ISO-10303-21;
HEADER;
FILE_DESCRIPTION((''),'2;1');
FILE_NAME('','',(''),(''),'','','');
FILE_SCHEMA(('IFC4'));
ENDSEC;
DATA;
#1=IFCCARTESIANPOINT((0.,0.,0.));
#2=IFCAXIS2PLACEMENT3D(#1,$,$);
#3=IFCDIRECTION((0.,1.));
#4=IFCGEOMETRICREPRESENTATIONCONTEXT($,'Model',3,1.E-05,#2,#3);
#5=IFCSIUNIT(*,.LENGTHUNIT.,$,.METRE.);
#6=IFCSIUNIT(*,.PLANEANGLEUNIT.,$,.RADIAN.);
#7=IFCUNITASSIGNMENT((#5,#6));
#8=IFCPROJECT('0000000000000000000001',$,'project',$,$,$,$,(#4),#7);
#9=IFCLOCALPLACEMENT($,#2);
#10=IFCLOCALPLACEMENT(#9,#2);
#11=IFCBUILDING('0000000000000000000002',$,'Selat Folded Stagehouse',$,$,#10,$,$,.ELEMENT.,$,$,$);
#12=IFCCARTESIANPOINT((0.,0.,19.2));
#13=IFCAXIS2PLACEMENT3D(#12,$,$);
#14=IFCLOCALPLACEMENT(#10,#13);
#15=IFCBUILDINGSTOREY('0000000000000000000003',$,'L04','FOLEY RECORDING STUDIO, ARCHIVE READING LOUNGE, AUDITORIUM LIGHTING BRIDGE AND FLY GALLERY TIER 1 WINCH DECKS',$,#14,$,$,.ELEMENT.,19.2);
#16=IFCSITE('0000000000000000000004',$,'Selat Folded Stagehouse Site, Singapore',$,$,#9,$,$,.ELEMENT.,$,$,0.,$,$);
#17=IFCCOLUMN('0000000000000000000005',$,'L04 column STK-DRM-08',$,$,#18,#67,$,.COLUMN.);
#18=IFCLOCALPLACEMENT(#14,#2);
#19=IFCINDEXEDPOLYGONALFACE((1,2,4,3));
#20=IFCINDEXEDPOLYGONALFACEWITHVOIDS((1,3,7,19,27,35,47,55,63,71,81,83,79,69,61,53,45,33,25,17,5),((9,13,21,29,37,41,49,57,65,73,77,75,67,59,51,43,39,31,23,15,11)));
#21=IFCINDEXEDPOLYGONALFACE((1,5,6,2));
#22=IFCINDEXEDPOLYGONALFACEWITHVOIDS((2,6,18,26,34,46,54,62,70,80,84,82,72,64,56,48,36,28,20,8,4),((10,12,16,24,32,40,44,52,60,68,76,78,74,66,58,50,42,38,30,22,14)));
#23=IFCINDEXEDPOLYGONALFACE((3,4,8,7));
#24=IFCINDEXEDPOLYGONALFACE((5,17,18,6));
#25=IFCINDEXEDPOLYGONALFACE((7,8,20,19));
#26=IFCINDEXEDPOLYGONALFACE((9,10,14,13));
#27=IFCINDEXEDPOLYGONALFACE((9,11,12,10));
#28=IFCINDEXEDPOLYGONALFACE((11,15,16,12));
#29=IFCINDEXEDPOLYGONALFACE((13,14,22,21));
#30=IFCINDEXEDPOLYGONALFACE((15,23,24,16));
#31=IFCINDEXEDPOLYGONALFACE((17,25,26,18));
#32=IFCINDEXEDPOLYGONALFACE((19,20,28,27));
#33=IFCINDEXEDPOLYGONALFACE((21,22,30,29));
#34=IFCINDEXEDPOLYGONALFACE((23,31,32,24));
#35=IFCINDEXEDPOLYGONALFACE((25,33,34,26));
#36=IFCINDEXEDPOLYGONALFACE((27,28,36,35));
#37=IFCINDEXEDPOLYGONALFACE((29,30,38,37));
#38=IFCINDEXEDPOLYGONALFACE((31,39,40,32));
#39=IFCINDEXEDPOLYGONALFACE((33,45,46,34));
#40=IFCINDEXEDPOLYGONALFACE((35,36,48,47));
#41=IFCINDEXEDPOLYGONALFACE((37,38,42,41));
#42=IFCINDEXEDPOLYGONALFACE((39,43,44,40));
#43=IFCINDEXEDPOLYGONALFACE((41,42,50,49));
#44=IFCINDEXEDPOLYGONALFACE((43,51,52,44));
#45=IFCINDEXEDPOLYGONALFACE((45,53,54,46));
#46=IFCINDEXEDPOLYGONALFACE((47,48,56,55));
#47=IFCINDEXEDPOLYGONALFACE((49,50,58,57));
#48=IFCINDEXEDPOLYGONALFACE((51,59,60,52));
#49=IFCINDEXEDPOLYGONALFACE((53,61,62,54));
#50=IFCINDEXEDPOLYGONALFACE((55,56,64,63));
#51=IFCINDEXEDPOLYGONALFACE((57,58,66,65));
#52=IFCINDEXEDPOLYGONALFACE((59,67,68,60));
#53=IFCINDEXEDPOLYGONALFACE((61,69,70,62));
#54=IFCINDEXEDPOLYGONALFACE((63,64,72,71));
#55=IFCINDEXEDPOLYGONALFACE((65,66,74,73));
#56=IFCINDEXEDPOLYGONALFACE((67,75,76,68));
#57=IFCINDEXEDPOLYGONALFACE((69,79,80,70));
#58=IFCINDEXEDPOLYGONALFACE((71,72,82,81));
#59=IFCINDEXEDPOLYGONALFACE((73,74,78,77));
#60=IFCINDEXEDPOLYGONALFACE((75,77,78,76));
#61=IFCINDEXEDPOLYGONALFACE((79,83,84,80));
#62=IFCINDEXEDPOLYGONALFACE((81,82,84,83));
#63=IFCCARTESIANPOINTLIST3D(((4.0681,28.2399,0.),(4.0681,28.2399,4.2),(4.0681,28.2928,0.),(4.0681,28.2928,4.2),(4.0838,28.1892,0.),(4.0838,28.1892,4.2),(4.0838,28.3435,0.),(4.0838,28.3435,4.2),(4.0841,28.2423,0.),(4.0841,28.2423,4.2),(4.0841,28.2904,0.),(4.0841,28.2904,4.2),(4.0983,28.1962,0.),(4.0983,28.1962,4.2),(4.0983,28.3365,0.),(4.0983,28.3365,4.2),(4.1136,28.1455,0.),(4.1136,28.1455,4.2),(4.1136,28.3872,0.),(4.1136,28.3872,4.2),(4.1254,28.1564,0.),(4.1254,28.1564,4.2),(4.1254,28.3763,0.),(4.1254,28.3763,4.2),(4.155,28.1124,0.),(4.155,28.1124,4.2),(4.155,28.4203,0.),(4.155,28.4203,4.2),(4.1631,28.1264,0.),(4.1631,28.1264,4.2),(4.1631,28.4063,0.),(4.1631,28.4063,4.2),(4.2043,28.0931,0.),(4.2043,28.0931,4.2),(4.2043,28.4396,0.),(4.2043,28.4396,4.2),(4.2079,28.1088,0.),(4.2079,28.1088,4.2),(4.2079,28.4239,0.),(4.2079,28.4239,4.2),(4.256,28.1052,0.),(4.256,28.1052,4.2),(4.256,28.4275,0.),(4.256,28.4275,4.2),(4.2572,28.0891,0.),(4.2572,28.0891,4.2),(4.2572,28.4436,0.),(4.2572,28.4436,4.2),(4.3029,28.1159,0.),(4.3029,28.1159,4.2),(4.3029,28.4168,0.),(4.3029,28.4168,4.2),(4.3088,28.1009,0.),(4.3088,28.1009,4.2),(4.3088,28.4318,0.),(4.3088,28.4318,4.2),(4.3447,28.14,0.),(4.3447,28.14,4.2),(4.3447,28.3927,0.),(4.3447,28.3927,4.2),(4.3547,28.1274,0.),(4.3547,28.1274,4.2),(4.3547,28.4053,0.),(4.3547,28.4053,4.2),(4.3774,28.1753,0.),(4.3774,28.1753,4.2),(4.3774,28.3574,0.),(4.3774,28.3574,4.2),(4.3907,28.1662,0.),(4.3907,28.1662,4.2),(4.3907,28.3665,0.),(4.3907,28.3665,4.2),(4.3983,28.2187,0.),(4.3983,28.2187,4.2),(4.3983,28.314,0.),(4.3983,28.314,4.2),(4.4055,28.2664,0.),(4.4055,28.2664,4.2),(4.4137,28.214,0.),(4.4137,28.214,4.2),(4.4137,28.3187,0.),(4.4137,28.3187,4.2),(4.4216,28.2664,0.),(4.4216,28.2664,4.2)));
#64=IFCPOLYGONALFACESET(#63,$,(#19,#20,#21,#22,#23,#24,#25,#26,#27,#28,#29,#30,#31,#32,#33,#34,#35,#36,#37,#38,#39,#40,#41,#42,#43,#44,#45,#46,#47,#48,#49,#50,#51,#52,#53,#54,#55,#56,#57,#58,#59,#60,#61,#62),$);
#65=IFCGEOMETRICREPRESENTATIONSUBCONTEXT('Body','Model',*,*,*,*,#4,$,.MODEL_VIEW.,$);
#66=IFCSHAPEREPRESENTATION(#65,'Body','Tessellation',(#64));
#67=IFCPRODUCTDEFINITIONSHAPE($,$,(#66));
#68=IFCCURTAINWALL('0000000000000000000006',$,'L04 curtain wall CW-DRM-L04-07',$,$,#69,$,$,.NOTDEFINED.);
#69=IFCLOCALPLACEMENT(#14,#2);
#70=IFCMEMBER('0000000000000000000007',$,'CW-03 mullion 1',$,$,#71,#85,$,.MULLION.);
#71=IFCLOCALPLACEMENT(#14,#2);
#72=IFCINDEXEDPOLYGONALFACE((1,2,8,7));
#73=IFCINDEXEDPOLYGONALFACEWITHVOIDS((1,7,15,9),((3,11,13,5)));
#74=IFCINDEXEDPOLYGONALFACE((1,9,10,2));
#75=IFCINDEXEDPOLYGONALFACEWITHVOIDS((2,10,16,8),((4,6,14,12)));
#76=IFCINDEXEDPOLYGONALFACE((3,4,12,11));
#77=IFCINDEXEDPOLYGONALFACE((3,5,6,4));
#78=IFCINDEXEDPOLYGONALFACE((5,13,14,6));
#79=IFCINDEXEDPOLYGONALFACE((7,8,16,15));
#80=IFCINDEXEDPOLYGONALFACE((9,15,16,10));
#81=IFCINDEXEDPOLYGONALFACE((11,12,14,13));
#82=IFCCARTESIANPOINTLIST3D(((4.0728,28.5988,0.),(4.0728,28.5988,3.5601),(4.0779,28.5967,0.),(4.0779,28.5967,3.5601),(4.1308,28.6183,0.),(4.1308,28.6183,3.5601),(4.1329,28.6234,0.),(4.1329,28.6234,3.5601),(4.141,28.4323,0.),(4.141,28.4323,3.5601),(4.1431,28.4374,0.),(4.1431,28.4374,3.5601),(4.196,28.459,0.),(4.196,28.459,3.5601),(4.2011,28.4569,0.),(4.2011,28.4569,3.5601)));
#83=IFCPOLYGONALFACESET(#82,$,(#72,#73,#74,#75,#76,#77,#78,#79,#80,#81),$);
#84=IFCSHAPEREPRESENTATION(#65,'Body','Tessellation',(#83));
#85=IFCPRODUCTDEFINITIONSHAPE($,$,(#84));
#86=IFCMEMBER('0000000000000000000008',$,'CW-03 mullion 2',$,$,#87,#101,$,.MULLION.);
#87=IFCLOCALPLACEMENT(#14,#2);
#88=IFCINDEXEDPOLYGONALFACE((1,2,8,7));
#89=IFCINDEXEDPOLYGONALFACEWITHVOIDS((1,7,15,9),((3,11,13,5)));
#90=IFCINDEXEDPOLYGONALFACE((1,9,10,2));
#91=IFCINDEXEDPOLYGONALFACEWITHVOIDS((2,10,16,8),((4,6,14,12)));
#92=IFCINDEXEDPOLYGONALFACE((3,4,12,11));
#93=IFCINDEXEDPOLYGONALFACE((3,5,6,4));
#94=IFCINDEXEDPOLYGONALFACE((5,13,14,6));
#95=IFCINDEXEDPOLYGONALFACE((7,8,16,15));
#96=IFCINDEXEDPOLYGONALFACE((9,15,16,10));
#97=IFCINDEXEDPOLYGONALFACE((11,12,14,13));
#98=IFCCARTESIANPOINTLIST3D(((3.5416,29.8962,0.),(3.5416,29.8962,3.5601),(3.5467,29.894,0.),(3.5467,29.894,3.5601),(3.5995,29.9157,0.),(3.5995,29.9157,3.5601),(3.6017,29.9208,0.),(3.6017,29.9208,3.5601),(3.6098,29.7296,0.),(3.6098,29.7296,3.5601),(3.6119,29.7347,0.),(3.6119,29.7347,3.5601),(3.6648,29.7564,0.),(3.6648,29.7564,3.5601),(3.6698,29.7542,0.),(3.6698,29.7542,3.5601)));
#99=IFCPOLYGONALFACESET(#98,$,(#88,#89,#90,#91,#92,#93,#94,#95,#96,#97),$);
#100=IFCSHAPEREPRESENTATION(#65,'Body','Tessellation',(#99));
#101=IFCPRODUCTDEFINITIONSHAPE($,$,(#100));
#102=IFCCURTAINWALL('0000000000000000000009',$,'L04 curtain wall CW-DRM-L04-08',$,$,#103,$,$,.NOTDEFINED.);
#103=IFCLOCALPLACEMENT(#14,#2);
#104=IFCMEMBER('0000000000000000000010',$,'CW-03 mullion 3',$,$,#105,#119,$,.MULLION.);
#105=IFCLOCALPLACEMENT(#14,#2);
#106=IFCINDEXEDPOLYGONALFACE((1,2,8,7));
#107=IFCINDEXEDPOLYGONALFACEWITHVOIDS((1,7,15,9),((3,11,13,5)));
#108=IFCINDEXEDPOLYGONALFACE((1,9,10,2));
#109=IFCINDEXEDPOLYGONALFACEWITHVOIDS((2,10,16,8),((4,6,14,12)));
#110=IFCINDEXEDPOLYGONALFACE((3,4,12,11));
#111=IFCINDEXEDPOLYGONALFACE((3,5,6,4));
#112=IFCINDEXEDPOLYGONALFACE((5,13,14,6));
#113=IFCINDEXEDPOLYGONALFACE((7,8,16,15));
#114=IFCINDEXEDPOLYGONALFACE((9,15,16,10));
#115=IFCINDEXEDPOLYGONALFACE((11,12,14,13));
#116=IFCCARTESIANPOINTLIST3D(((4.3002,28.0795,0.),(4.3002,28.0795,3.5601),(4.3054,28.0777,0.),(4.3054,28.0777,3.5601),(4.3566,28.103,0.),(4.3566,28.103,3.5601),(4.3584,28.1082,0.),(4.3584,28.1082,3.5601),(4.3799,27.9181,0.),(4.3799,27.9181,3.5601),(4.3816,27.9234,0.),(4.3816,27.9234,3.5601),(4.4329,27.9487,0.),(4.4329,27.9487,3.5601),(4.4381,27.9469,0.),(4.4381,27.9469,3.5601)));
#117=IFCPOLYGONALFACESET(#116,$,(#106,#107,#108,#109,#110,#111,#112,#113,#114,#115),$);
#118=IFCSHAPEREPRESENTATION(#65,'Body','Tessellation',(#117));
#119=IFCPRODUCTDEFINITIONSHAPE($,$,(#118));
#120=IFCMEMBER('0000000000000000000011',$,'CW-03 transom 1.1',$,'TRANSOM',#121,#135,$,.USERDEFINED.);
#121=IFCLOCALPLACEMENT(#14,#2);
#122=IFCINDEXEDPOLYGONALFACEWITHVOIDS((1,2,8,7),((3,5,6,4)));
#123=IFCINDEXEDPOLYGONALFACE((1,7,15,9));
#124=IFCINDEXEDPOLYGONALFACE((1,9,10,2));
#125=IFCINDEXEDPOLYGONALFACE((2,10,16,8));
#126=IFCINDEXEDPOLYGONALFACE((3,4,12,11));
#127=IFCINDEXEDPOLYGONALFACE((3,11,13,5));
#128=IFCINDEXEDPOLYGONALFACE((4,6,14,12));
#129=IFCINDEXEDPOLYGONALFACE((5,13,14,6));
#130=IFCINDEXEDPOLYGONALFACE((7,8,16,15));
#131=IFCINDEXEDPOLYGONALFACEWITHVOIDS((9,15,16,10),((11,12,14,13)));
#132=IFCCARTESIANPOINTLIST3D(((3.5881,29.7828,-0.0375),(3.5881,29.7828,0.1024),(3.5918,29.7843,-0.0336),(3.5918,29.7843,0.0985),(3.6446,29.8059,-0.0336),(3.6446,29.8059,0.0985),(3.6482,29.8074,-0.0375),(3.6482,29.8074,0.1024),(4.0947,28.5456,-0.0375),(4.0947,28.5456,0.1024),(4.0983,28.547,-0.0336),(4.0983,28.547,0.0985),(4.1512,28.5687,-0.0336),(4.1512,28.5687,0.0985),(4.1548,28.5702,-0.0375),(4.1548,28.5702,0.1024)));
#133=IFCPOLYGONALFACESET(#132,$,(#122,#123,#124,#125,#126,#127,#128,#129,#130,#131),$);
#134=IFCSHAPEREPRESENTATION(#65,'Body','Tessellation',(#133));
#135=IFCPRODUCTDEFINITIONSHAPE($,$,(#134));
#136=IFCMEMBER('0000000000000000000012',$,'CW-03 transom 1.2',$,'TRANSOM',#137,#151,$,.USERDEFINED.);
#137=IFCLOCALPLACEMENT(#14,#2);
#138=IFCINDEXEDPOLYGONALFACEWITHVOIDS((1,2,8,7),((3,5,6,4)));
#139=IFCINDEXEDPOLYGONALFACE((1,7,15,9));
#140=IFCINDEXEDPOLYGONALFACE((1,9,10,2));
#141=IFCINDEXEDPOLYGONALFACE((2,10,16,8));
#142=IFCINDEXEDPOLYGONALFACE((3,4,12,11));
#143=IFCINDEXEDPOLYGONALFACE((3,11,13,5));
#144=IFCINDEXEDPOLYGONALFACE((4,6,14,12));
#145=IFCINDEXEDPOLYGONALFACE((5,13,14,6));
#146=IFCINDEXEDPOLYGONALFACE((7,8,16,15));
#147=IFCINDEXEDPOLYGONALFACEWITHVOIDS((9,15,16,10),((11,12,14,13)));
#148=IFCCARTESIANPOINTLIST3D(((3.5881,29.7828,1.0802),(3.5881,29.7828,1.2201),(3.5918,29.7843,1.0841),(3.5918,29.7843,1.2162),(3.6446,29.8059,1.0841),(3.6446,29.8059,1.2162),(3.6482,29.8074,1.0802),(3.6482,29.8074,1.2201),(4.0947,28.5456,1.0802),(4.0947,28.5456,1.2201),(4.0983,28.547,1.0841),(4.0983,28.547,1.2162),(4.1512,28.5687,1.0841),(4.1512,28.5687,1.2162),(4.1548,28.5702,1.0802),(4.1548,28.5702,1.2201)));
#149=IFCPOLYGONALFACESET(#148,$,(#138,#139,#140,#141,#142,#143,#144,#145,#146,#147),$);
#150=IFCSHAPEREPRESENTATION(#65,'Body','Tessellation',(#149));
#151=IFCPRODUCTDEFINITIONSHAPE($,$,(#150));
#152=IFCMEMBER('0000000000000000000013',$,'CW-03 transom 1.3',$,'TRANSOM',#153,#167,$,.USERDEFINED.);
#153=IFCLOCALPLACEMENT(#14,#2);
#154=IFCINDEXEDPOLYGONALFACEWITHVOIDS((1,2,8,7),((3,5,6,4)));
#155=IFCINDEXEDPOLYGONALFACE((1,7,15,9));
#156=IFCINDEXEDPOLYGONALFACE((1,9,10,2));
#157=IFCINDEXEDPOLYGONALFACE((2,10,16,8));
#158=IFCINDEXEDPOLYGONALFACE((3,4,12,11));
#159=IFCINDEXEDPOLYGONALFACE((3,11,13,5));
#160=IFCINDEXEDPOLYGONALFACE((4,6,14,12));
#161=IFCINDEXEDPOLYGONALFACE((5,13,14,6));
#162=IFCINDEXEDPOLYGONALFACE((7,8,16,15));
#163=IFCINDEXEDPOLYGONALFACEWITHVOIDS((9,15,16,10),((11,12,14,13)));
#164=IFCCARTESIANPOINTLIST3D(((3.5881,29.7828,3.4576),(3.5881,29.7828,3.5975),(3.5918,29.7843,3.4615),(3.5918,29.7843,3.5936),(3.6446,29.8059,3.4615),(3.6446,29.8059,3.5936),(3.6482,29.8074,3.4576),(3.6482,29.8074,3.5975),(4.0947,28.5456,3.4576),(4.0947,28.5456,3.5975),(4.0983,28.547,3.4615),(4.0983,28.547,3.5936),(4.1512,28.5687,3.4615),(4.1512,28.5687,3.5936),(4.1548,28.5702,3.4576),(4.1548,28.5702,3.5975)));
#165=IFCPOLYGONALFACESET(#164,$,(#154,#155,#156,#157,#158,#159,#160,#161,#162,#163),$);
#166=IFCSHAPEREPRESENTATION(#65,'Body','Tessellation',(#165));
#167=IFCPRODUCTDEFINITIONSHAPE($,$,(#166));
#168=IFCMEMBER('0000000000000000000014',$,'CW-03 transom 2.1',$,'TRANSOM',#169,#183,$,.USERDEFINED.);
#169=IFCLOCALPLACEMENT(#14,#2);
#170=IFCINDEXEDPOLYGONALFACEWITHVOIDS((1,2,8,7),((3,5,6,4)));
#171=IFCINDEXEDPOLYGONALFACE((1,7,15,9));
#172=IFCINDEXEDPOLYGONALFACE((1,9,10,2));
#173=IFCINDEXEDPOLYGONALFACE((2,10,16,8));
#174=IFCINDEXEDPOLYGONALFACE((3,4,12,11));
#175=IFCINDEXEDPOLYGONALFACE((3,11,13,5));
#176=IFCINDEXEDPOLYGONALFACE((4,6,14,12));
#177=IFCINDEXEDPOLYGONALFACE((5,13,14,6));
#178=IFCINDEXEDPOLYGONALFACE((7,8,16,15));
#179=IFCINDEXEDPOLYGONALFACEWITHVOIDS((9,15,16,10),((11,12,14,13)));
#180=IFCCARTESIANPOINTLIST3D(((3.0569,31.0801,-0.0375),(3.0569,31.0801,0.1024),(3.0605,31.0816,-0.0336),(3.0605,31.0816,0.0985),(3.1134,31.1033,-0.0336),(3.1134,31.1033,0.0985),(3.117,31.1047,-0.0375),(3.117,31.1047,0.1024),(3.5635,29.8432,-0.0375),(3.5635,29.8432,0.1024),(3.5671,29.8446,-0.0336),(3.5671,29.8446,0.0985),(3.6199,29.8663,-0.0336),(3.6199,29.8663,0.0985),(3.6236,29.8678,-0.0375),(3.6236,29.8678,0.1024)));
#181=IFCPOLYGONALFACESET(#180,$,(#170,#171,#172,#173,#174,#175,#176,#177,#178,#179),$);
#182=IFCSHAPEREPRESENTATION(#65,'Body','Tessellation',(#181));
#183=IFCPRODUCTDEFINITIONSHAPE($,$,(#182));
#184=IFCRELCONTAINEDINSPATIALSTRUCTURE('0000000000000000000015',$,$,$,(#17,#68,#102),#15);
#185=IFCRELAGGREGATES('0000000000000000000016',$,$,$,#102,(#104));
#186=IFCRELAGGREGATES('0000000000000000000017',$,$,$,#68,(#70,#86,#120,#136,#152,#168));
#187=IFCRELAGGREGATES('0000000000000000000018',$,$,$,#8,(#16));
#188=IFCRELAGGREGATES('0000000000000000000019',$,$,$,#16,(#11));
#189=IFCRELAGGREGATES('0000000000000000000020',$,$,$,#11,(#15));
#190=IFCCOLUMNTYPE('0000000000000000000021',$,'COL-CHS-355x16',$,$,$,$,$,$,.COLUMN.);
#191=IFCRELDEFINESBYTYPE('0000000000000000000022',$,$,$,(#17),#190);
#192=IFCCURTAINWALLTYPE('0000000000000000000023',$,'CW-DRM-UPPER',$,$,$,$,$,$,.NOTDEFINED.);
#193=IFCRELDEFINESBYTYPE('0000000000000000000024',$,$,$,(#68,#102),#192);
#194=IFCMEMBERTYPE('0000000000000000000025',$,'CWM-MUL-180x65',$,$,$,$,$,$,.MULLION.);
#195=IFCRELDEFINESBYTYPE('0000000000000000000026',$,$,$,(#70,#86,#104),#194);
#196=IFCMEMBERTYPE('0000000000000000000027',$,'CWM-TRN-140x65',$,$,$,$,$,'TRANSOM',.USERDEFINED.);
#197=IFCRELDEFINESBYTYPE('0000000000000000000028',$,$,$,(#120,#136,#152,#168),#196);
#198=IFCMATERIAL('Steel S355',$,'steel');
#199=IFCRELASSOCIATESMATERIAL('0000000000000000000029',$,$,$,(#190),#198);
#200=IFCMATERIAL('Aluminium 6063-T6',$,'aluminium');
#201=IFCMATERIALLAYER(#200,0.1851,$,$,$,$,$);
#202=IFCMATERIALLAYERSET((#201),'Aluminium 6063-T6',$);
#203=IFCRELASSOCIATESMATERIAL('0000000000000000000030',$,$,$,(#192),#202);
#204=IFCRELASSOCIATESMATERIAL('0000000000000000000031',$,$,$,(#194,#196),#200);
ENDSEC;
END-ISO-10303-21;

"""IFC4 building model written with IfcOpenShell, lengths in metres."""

from ifc_helpers import new_model, si_unit, direction, frame, origin, origin_2d, place, context, subcontext, project, spatial, hollow_rectangle, hollow_circle, extrude, material, layer, layer_set, material_profile, profile_set, type_object, element, aggregate, save


model = new_model("IFC4")

# Units and contexts
model_context = context("Model", 3, precision=1e-05, world=origin(), true_north=direction((0.0, 1.0)))
body_context = subcontext(model_context, "Body", "Model", "MODEL_VIEW")
ifc_project = project(units=[si_unit("LENGTHUNIT", "METRE"), si_unit("PLANEANGLEUNIT", "RADIAN")], contexts=[model_context])

# Site, building, storey
site_placement = place(None, origin())
site = spatial("IfcSite", under=ifc_project, at=site_placement, Name="Selat Folded Stagehouse Site, Singapore", CompositionType="ELEMENT", RefElevation=0.0)
building_placement = place(site_placement, origin())
building = spatial("IfcBuilding", under=site, at=building_placement, Name="Selat Folded Stagehouse", CompositionType="ELEMENT")
storey_placement = place(building_placement, frame((0.0, 0.0, 19.2)))
storey = spatial("IfcBuildingStorey", under=building, at=storey_placement, Name="L04", Description="FOLEY RECORDING STUDIO, ARCHIVE READING LOUNGE, AUDITORIUM LIGHTING BRIDGE AND FLY GALLERY TIER 1 WINCH DECKS", CompositionType="ELEMENT", Elevation=19.2)

# Column
ifc_material_1 = material(Name="Steel S355", Category="steel")
ifc_material_profile_1 = material_profile(ifc_material_1, hollow_circle(Radius=0.1777, WallThickness=0.0161, at=origin_2d()), Name="CHS 355.6x16.0")
ifc_profile_set_1 = profile_set([ifc_material_profile_1], Name="Steel S355")
column_type = type_object("IfcColumnType", Name="COL-CHS-355x16", PredefinedType="COLUMN", material=ifc_profile_set_1)
column_placement = place(storey_placement, frame((4.2439, 28.2664, 0.0), z_axis=(0.0, 0.0, 1.0), x_axis=(1.0, 0.0, 0.0)))
element("IfcColumn", 1, at=column_placement, inside=storey, type_object=column_type, Name="L04 column STK-DRM-08", PredefinedType="COLUMN", context=body_context, shape_type="SweptSolid", body=[
    extrude(hollow_circle(Radius=0.1777, WallThickness=0.0161, at=origin_2d()), origin(), (0.0, 0.0, 1.0), 4.2),
])

# Curtain wall, members
ifc_material_2 = material(Name="Aluminium 6063-T6", Category="aluminium")
ifc_layer_1 = layer(ifc_material_2, 0.1851)
ifc_layer_set_1 = layer_set([ifc_layer_1], Name="Aluminium 6063-T6")
curtain_wall_type = type_object("IfcCurtainWallType", Name="CW-DRM-UPPER", PredefinedType="NOTDEFINED", material=ifc_layer_set_1)
curtain_wall_1_placement = place(storey_placement, origin())
curtain_wall_1 = element("IfcCurtainWall", 2, at=curtain_wall_1_placement, inside=storey, type_object=curtain_wall_type, Name="L04 curtain wall CW-DRM-L04-07", PredefinedType="NOTDEFINED")
ifc_material_profile_2 = material_profile(ifc_material_2, hollow_rectangle(XDim=0.0649, YDim=0.1799, WallThickness=0.0039, at=origin_2d()), Name="ALU 180x65x4.0")
ifc_profile_set_2 = profile_set([ifc_material_profile_2], Name="Aluminium 6063-T6")
member_type_1 = type_object("IfcMemberType", Name="CWM-MUL-180x65", PredefinedType="MULLION", material=ifc_profile_set_2)
member_1_placement = place(storey_placement, frame((4.137, 28.5278, 0.0), z_axis=(0.0, 0.0, 1.0), x_axis=(-0.925441, -0.378891, 0.0)))
member_1 = element("IfcMember", 3, at=member_1_placement, type_object=member_type_1, Name="CW-03 mullion 1", PredefinedType="MULLION", context=body_context, shape_type="SweptSolid", body=[
    extrude(hollow_rectangle(XDim=0.0649, YDim=0.1799, WallThickness=0.0039, at=origin_2d()), origin(), (0.0, 0.0, 1.0), 3.5601),
])
member_2_placement = place(storey_placement, frame((3.6057, 29.8252, 0.0), z_axis=(0.0, 0.0, 1.0), x_axis=(-0.925441, -0.378891, 0.0)))
member_2 = element("IfcMember", 4, at=member_2_placement, type_object=member_type_1, Name="CW-03 mullion 2", PredefinedType="MULLION", context=body_context, shape_type="SweptSolid", body=[
    extrude(hollow_rectangle(XDim=0.0649, YDim=0.1799, WallThickness=0.0039, at=origin_2d()), origin(), (0.0, 0.0, 1.0), 3.5601),
])

# Curtain wall, member
curtain_wall_2_placement = place(storey_placement, origin())
curtain_wall_2 = element("IfcCurtainWall", 5, at=curtain_wall_2_placement, inside=storey, type_object=curtain_wall_type, Name="L04 curtain wall CW-DRM-L04-08", PredefinedType="NOTDEFINED")
member_3_placement = place(storey_placement, frame((4.3691, 28.0132, 0.0), z_axis=(0.0, 0.0, 1.0), x_axis=(-0.896598, -0.442845, 0.0)))
member_3 = element("IfcMember", 6, at=member_3_placement, type_object=member_type_1, Name="CW-03 mullion 3", PredefinedType="MULLION", context=body_context, shape_type="SweptSolid", body=[
    extrude(hollow_rectangle(XDim=0.0649, YDim=0.1799, WallThickness=0.0039, at=origin_2d()), origin(), (0.0, 0.0, 1.0), 3.5601),
])
aggregate(curtain_wall_2, [member_3])

# Members
ifc_material_profile_3 = material_profile(ifc_material_2, hollow_rectangle(XDim=0.0649, YDim=0.1399, WallThickness=0.0039, at=origin_2d()), Name="ALU 140x65x4.0")
ifc_profile_set_3 = profile_set([ifc_material_profile_3], Name="Aluminium 6063-T6")
member_type_2 = type_object("IfcMemberType", Name="CWM-TRN-140x65", ElementType="TRANSOM", PredefinedType="USERDEFINED", material=ifc_profile_set_3)
member_4_placement = place(storey_placement, frame((4.1248, 28.5579, 0.0325), z_axis=(-0.378903, 0.925436, 0.0), x_axis=(-0.925436, -0.378903, 0.0)))
member_4 = element("IfcMember", 7, at=member_4_placement, type_object=member_type_2, Name="CW-03 transom 1.1", ObjectType="TRANSOM", PredefinedType="USERDEFINED", context=body_context, shape_type="SweptSolid", body=[
    extrude(hollow_rectangle(XDim=0.0649, YDim=0.1399, WallThickness=0.0039, at=origin_2d()), origin(), (0.0, 0.0, 1.0), 1.3369),
])
member_5_placement = place(storey_placement, frame((4.1248, 28.5579, 1.1501), z_axis=(-0.378903, 0.925436, 0.0), x_axis=(-0.925436, -0.378903, 0.0)))
member_5 = element("IfcMember", 8, at=member_5_placement, type_object=member_type_2, Name="CW-03 transom 1.2", ObjectType="TRANSOM", PredefinedType="USERDEFINED", context=body_context, shape_type="SweptSolid", body=[
    extrude(hollow_rectangle(XDim=0.0649, YDim=0.1399, WallThickness=0.0039, at=origin_2d()), origin(), (0.0, 0.0, 1.0), 1.3369),
])
member_6_placement = place(storey_placement, frame((4.1248, 28.5579, 3.5276), z_axis=(-0.378903, 0.925436, 0.0), x_axis=(-0.925436, -0.378903, 0.0)))
member_6 = element("IfcMember", 9, at=member_6_placement, type_object=member_type_2, Name="CW-03 transom 1.3", ObjectType="TRANSOM", PredefinedType="USERDEFINED", context=body_context, shape_type="SweptSolid", body=[
    extrude(hollow_rectangle(XDim=0.0649, YDim=0.1399, WallThickness=0.0039, at=origin_2d()), origin(), (0.0, 0.0, 1.0), 1.3369),
])
member_7_placement = place(storey_placement, frame((3.5935, 29.8555, 0.0325), z_axis=(-0.378967, 0.92541, 0.0), x_axis=(-0.92541, -0.378967, 0.0)))
member_7 = element("IfcMember", 10, at=member_7_placement, type_object=member_type_2, Name="CW-03 transom 2.1", ObjectType="TRANSOM", PredefinedType="USERDEFINED", context=body_context, shape_type="SweptSolid", body=[
    extrude(hollow_rectangle(XDim=0.0649, YDim=0.1399, WallThickness=0.0039, at=origin_2d()), origin(), (0.0, 0.0, 1.0), 1.3367),
])

aggregate(curtain_wall_1, [member_1, member_2, member_4, member_5, member_6, member_7])

save(model, "model.ifc")
